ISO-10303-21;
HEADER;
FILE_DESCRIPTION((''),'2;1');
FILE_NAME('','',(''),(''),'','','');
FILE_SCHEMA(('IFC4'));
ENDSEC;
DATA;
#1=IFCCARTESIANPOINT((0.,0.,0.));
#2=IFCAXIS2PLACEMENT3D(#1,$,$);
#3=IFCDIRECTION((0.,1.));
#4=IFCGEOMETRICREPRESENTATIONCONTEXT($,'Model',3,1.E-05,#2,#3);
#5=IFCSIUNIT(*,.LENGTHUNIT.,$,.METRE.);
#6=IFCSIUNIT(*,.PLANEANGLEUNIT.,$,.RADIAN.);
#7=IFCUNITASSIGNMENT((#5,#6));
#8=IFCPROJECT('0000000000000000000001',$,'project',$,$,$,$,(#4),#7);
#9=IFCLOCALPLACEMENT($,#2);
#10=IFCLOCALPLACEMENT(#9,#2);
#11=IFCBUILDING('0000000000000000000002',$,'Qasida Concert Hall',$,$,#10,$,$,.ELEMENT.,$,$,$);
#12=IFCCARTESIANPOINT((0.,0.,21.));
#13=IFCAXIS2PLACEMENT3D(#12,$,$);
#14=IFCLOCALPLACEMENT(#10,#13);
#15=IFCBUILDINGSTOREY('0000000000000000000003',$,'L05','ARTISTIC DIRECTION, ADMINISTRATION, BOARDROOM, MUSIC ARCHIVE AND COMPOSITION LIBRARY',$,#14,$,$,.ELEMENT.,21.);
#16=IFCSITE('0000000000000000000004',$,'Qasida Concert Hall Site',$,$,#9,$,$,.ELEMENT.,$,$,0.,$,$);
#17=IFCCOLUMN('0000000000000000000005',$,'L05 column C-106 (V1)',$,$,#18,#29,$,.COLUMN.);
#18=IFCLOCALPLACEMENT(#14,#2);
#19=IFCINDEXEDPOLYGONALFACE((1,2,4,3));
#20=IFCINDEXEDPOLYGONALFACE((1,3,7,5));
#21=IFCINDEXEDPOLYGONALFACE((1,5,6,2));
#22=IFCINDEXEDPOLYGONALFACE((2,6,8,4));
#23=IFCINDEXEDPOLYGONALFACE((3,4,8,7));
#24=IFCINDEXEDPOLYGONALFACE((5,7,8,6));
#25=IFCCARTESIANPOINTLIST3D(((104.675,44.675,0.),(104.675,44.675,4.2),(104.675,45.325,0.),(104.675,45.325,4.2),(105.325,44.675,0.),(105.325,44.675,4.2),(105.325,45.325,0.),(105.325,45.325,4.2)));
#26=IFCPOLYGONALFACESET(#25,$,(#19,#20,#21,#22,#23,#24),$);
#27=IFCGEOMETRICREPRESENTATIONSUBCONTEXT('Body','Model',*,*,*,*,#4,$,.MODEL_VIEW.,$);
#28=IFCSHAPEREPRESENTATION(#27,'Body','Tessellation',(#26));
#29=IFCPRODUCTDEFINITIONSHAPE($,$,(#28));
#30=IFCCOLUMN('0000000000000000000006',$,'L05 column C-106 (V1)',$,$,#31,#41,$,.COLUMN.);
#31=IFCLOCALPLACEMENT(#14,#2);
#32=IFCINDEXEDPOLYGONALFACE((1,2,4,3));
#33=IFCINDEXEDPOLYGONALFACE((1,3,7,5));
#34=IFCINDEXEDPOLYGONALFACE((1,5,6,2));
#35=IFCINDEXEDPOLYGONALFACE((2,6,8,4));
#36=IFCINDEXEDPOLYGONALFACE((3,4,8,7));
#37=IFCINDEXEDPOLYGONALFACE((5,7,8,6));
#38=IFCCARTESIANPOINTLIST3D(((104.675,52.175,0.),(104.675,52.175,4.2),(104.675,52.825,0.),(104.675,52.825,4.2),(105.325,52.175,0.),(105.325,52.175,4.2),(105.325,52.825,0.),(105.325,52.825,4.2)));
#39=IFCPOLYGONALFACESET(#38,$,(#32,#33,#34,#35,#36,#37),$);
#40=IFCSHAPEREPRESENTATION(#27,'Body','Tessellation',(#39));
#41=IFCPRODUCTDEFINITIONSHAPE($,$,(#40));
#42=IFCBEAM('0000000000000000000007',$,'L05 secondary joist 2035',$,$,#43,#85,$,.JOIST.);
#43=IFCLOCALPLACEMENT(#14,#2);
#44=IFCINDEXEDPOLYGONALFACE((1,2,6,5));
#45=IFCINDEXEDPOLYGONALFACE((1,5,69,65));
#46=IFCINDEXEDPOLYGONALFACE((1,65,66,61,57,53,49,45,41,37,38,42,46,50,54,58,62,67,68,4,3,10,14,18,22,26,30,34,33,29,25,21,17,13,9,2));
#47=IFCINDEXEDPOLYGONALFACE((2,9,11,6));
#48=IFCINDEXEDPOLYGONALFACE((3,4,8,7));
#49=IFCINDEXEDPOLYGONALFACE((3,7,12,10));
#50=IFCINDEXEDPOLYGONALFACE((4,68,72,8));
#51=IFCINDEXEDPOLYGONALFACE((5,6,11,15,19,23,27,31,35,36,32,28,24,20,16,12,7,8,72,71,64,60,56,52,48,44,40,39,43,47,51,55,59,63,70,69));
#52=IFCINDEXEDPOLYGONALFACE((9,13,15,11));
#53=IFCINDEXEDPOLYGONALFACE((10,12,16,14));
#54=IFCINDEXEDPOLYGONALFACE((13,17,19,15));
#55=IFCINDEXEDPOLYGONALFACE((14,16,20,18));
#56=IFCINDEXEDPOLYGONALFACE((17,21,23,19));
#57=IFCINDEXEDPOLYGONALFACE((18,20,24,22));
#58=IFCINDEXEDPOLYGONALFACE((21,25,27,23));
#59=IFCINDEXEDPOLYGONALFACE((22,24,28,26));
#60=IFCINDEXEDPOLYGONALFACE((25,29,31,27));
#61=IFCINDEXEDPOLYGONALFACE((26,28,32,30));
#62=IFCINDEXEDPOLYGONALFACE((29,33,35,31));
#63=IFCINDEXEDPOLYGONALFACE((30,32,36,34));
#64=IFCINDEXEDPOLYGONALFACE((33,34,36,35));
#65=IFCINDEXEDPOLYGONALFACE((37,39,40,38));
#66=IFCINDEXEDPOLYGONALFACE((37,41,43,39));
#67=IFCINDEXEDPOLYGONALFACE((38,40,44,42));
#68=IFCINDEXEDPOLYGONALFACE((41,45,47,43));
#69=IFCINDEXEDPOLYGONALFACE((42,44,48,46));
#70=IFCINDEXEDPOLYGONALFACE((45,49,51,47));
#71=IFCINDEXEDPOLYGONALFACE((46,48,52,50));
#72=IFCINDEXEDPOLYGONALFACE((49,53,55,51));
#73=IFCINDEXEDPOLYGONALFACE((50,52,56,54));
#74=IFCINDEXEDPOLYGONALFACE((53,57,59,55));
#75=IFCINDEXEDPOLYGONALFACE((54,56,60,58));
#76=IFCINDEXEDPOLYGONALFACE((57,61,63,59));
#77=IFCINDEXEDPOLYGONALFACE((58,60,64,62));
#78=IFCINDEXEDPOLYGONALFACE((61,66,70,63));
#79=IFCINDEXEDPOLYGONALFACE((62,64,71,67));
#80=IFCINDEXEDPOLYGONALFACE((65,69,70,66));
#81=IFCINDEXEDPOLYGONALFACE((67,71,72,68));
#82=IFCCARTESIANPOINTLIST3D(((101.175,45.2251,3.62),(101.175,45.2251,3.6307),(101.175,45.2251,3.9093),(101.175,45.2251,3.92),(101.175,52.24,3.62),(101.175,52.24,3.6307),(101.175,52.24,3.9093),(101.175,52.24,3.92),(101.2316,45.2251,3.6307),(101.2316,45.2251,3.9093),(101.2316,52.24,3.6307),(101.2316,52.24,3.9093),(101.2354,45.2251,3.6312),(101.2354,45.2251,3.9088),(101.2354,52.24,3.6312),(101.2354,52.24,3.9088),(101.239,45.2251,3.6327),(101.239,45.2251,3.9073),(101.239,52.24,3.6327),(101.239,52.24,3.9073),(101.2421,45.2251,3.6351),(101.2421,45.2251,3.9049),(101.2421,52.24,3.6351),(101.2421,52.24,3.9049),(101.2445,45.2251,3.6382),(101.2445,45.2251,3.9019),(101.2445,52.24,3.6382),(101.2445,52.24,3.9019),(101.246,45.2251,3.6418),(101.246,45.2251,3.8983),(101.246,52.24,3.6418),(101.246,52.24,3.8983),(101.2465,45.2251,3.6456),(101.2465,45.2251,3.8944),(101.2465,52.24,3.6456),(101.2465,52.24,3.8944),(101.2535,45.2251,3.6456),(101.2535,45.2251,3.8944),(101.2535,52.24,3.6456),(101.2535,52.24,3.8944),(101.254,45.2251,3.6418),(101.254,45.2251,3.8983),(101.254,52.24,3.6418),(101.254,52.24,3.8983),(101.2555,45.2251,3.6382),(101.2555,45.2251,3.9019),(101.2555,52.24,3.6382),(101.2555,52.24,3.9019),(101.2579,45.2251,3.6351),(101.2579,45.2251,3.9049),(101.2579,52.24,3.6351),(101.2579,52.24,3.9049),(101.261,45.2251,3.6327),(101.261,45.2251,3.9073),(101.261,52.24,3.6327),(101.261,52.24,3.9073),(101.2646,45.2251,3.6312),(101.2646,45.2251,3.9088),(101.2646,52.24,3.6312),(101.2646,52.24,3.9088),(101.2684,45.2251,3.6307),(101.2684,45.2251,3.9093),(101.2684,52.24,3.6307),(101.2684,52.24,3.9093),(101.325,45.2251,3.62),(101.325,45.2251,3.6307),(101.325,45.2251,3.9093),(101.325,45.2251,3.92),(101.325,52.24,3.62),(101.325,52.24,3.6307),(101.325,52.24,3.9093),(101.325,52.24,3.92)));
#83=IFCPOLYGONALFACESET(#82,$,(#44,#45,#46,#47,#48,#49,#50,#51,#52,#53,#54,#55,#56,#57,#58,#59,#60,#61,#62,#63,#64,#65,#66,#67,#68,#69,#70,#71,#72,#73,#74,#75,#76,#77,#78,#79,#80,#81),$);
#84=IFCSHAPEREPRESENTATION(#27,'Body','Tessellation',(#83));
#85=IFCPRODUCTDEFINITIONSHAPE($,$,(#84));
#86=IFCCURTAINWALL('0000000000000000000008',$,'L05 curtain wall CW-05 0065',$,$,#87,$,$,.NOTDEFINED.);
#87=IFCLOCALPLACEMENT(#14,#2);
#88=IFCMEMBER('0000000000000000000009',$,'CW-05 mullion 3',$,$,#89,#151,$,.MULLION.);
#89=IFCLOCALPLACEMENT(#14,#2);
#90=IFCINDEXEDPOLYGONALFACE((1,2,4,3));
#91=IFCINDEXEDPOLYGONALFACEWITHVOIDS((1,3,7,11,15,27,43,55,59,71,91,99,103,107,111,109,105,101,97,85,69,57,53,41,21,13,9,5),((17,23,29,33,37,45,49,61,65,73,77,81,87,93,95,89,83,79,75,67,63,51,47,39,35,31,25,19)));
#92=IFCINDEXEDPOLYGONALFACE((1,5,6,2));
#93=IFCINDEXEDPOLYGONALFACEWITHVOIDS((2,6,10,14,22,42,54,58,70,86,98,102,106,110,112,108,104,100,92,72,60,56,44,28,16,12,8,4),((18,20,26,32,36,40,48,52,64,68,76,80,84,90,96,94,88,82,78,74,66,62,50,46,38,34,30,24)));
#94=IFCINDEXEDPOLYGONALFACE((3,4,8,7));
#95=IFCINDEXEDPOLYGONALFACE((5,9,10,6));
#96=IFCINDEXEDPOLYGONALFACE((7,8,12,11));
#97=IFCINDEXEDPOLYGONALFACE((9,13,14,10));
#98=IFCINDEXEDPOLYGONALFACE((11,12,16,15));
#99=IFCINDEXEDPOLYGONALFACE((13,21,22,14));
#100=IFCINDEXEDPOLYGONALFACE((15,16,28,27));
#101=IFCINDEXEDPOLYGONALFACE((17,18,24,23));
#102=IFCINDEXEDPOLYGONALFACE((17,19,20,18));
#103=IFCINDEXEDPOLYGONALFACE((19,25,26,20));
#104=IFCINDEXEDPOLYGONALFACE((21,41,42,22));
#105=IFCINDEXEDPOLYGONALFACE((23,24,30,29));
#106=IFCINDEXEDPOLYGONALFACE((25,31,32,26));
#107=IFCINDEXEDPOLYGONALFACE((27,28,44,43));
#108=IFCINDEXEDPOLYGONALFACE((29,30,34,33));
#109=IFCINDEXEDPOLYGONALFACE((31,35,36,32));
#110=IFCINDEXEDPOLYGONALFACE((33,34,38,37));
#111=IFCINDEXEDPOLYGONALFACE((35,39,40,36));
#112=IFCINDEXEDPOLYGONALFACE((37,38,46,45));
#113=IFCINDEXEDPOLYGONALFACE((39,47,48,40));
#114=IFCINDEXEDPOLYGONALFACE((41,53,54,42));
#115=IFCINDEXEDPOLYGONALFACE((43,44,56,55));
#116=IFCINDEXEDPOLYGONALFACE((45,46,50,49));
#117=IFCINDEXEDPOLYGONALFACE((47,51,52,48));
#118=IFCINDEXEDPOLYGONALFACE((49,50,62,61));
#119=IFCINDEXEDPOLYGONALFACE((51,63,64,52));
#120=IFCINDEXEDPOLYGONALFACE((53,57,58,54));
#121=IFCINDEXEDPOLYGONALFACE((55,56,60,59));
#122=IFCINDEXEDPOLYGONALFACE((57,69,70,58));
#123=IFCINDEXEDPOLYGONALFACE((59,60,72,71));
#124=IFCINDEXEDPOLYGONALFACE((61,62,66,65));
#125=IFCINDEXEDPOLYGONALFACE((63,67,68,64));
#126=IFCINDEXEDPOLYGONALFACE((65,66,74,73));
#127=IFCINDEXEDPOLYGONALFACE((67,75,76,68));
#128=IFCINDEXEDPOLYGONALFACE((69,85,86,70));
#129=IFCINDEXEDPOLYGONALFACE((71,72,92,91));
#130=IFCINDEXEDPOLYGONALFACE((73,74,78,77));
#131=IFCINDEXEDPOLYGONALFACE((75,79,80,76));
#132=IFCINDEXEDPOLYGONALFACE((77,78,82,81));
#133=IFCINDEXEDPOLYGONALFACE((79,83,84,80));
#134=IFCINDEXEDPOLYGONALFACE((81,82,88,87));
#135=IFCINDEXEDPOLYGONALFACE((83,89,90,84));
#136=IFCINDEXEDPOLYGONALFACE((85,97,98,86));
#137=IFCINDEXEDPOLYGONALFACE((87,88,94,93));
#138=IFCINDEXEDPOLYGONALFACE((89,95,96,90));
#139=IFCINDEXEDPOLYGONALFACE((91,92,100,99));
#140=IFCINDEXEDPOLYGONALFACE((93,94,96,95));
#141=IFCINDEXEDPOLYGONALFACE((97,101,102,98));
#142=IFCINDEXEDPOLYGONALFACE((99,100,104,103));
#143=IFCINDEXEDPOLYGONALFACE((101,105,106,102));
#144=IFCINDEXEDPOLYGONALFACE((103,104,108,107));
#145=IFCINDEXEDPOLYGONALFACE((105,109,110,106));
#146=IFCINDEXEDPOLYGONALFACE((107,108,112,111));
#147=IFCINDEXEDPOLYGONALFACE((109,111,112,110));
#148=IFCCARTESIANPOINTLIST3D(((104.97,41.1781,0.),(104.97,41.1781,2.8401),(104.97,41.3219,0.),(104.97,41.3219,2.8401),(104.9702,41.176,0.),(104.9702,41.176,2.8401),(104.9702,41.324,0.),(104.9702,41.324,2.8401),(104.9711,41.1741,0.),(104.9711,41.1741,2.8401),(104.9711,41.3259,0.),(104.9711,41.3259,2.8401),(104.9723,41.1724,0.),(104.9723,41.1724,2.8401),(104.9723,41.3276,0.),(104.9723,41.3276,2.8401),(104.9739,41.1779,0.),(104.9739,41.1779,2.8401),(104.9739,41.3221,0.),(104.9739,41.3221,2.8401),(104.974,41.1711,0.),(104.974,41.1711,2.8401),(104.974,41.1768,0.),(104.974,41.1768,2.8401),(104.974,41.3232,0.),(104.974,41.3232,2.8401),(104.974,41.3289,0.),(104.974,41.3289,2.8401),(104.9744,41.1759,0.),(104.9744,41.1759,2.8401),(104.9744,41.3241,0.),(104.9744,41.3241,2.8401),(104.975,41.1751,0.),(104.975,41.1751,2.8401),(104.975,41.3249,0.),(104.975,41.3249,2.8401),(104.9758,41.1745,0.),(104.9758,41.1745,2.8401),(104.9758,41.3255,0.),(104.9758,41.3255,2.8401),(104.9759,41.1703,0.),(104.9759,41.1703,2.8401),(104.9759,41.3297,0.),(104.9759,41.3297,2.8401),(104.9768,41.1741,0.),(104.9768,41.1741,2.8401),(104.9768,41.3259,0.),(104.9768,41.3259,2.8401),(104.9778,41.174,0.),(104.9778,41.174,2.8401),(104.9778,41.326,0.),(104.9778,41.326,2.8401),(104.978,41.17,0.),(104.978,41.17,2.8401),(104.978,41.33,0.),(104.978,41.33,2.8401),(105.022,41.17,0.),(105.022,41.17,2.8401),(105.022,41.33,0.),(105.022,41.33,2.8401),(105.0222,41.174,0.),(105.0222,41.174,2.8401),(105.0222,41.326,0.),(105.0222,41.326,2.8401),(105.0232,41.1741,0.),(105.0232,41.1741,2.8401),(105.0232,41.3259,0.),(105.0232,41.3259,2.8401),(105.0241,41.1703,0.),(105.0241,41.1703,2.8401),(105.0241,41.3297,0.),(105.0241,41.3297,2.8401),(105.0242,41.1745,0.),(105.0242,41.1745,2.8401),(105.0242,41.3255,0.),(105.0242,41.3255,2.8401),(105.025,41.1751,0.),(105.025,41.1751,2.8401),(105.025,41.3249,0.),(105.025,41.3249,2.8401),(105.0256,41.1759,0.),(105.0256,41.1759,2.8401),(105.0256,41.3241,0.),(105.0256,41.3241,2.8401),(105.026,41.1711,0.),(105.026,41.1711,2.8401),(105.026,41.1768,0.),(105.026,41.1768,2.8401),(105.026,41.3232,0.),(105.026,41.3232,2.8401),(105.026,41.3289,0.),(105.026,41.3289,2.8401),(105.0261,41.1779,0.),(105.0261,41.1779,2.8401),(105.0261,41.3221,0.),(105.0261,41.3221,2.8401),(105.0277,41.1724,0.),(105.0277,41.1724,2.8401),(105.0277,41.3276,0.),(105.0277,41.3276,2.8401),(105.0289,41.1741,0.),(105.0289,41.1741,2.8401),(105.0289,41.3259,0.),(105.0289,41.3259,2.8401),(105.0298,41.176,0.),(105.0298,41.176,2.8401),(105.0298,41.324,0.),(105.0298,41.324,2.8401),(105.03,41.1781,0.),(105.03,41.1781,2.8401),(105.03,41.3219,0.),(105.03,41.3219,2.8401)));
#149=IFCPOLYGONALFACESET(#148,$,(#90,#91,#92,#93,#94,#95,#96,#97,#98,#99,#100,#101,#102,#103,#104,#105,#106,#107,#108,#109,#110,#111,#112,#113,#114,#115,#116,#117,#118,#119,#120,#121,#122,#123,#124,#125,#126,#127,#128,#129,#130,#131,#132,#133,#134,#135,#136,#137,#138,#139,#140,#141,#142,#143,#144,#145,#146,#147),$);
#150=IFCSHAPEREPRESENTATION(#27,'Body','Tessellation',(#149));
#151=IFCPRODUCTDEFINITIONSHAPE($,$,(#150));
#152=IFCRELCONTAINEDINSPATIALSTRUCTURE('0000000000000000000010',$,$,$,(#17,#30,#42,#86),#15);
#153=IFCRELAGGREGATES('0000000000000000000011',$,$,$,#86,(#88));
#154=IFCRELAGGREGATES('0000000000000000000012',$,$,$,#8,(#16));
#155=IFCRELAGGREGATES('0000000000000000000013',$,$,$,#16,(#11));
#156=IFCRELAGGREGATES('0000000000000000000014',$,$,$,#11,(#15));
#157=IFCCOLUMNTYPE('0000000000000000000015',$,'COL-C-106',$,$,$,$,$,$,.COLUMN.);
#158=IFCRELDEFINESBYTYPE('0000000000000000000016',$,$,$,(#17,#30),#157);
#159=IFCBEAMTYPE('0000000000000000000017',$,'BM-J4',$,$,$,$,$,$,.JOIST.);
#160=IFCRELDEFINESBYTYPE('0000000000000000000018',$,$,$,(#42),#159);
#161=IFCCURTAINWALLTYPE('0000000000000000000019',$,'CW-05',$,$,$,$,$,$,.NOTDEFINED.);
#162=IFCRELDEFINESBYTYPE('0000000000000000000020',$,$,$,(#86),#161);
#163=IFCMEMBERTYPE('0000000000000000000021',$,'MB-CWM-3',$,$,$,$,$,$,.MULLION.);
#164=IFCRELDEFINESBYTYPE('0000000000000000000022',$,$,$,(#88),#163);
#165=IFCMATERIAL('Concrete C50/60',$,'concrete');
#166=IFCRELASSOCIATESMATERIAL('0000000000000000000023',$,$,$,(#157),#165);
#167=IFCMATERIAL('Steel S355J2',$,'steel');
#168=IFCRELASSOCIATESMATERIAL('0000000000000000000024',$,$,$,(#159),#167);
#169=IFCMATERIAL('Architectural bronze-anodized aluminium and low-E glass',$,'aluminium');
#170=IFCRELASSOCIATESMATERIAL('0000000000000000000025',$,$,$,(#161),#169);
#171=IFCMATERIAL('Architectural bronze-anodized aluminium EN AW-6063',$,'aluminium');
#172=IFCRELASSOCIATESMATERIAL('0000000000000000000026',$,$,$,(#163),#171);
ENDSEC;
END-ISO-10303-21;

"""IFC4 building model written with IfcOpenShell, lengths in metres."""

from ifc_helpers import new_model, si_unit, direction, frame, origin, origin_2d, place, context, subcontext, project, spatial, rectangle, hollow_rectangle, i_section, extrude, material, material_profile, profile_set, type_object, element, aggregate, save


model = new_model("IFC4")

# Units and contexts
model_context = context("Model", 3, precision=1e-05, world=origin(), true_north=direction((0.0, 1.0)))
body_context = subcontext(model_context, "Body", "Model", "MODEL_VIEW")
ifc_project = project(units=[si_unit("LENGTHUNIT", "METRE"), si_unit("PLANEANGLEUNIT", "RADIAN")], contexts=[model_context])

# Site, building, storey
site_placement = place(None, origin())
site = spatial("IfcSite", under=ifc_project, at=site_placement, Name="Qasida Concert Hall Site", CompositionType="ELEMENT", RefElevation=0.0)
building_placement = place(site_placement, origin())
building = spatial("IfcBuilding", under=site, at=building_placement, Name="Qasida Concert Hall", CompositionType="ELEMENT")
storey_placement = place(building_placement, frame((0.0, 0.0, 21.0)))
storey = spatial("IfcBuildingStorey", under=building, at=storey_placement, Name="L05", Description="ARTISTIC DIRECTION, ADMINISTRATION, BOARDROOM, MUSIC ARCHIVE AND COMPOSITION LIBRARY", CompositionType="ELEMENT", Elevation=21.0)

# Columns
ifc_material_1 = material(Name="Concrete C50/60", Category="concrete")
ifc_material_profile_1 = material_profile(ifc_material_1, rectangle(XDim=0.6499, YDim=0.6499, at=origin_2d()), Name="RC 650x650")
ifc_profile_set_1 = profile_set([ifc_material_profile_1], Name="Concrete C50/60")
column_type = type_object("IfcColumnType", Name="COL-C-106", PredefinedType="COLUMN", material=ifc_profile_set_1)
for number, where, z_axis, x_axis, name in (
    (1, (105.0, 45.0, 0.0), (0.0, 0.0, 1.0), (1.0, 0.0, 0.0), "L05 column C-106 (V1)"),
    (2, (105.0, 52.5, 0.0), (0.0, 0.0, 1.0), (1.0, 0.0, 0.0), "L05 column C-106 (V1)"),
):
    element("IfcColumn", number, at=place(storey_placement, frame(where, z_axis=z_axis, x_axis=x_axis)), inside=storey, type_object=column_type, Name=name, PredefinedType="COLUMN", context=body_context, shape_type="SweptSolid", body=[
        extrude(rectangle(XDim=0.6499, YDim=0.6499, at=origin_2d()), origin(), (0.0, 0.0, 1.0), 4.2),
    ])

# Beam
ifc_material_2 = material(Name="Steel S355J2", Category="steel")
ifc_material_profile_2 = material_profile(ifc_material_2, i_section(OverallWidth=0.1499, OverallDepth=0.3, WebThickness=0.0071, FlangeThickness=0.0107, FilletRadius=0.0149, at=origin_2d()), Name="IPE 300")
ifc_profile_set_2 = profile_set([ifc_material_profile_2], Name="Steel S355J2")
beam_type = type_object("IfcBeamType", Name="BM-J4", PredefinedType="JOIST", material=ifc_profile_set_2)
beam_placement = place(storey_placement, frame((101.25, 45.2251, 3.77), z_axis=(0.0, 1.0, 0.0), x_axis=(-1.0, 0.0, 0.0)))
element("IfcBeam", 3, at=beam_placement, inside=storey, type_object=beam_type, Name="L05 secondary joist 2035", PredefinedType="JOIST", context=body_context, shape_type="SweptSolid", body=[
    extrude(i_section(OverallWidth=0.1499, OverallDepth=0.3, WebThickness=0.0071, FlangeThickness=0.0107, FilletRadius=0.0149, at=origin_2d()), origin(), (0.0, 0.0, 1.0), 7.0149),
])

# Curtain wall, member
ifc_material_3 = material(Name="Architectural bronze-anodized aluminium and low-E glass", Category="aluminium")
curtain_wall_type = type_object("IfcCurtainWallType", Name="CW-05", PredefinedType="NOTDEFINED", material=ifc_material_3)
curtain_wall_placement = place(storey_placement, origin())
curtain_wall = element("IfcCurtainWall", 4, at=curtain_wall_placement, inside=storey, type_object=curtain_wall_type, Name="L05 curtain wall CW-05 0065", PredefinedType="NOTDEFINED")
ifc_material_4 = material(Name="Architectural bronze-anodized aluminium EN AW-6063", Category="aluminium")
ifc_material_profile_3 = material_profile(ifc_material_4, hollow_rectangle(XDim=0.0601, YDim=0.1599, WallThickness=0.0039, InnerFilletRadius=0.0039, OuterFilletRadius=0.0081, at=origin_2d()), Name="CWM 160x60x4")
ifc_profile_set_3 = profile_set([ifc_material_profile_3], Name="Architectural bronze-anodized aluminium EN AW-6063")
member_type_1 = type_object("IfcMemberType", Name="MB-CWM-3", PredefinedType="MULLION", material=ifc_profile_set_3)
member_1_placement = place(storey_placement, frame((105.0, 41.25, 0.0), z_axis=(0.0, 0.0, 1.0), x_axis=(-1.0, 0.0, 0.0)))
member_1 = element("IfcMember", 5, at=member_1_placement, type_object=member_type_1, Name="CW-05 mullion 3", PredefinedType="MULLION", context=body_context, shape_type="SweptSolid", body=[
    extrude(hollow_rectangle(XDim=0.0601, YDim=0.1599, WallThickness=0.0039, InnerFilletRadius=0.0039, OuterFilletRadius=0.0081, at=origin_2d()), origin(), (0.0, 0.0, 1.0), 2.8401),
])
aggregate(curtain_wall, [member_1])

save(model, "model.ifc")
